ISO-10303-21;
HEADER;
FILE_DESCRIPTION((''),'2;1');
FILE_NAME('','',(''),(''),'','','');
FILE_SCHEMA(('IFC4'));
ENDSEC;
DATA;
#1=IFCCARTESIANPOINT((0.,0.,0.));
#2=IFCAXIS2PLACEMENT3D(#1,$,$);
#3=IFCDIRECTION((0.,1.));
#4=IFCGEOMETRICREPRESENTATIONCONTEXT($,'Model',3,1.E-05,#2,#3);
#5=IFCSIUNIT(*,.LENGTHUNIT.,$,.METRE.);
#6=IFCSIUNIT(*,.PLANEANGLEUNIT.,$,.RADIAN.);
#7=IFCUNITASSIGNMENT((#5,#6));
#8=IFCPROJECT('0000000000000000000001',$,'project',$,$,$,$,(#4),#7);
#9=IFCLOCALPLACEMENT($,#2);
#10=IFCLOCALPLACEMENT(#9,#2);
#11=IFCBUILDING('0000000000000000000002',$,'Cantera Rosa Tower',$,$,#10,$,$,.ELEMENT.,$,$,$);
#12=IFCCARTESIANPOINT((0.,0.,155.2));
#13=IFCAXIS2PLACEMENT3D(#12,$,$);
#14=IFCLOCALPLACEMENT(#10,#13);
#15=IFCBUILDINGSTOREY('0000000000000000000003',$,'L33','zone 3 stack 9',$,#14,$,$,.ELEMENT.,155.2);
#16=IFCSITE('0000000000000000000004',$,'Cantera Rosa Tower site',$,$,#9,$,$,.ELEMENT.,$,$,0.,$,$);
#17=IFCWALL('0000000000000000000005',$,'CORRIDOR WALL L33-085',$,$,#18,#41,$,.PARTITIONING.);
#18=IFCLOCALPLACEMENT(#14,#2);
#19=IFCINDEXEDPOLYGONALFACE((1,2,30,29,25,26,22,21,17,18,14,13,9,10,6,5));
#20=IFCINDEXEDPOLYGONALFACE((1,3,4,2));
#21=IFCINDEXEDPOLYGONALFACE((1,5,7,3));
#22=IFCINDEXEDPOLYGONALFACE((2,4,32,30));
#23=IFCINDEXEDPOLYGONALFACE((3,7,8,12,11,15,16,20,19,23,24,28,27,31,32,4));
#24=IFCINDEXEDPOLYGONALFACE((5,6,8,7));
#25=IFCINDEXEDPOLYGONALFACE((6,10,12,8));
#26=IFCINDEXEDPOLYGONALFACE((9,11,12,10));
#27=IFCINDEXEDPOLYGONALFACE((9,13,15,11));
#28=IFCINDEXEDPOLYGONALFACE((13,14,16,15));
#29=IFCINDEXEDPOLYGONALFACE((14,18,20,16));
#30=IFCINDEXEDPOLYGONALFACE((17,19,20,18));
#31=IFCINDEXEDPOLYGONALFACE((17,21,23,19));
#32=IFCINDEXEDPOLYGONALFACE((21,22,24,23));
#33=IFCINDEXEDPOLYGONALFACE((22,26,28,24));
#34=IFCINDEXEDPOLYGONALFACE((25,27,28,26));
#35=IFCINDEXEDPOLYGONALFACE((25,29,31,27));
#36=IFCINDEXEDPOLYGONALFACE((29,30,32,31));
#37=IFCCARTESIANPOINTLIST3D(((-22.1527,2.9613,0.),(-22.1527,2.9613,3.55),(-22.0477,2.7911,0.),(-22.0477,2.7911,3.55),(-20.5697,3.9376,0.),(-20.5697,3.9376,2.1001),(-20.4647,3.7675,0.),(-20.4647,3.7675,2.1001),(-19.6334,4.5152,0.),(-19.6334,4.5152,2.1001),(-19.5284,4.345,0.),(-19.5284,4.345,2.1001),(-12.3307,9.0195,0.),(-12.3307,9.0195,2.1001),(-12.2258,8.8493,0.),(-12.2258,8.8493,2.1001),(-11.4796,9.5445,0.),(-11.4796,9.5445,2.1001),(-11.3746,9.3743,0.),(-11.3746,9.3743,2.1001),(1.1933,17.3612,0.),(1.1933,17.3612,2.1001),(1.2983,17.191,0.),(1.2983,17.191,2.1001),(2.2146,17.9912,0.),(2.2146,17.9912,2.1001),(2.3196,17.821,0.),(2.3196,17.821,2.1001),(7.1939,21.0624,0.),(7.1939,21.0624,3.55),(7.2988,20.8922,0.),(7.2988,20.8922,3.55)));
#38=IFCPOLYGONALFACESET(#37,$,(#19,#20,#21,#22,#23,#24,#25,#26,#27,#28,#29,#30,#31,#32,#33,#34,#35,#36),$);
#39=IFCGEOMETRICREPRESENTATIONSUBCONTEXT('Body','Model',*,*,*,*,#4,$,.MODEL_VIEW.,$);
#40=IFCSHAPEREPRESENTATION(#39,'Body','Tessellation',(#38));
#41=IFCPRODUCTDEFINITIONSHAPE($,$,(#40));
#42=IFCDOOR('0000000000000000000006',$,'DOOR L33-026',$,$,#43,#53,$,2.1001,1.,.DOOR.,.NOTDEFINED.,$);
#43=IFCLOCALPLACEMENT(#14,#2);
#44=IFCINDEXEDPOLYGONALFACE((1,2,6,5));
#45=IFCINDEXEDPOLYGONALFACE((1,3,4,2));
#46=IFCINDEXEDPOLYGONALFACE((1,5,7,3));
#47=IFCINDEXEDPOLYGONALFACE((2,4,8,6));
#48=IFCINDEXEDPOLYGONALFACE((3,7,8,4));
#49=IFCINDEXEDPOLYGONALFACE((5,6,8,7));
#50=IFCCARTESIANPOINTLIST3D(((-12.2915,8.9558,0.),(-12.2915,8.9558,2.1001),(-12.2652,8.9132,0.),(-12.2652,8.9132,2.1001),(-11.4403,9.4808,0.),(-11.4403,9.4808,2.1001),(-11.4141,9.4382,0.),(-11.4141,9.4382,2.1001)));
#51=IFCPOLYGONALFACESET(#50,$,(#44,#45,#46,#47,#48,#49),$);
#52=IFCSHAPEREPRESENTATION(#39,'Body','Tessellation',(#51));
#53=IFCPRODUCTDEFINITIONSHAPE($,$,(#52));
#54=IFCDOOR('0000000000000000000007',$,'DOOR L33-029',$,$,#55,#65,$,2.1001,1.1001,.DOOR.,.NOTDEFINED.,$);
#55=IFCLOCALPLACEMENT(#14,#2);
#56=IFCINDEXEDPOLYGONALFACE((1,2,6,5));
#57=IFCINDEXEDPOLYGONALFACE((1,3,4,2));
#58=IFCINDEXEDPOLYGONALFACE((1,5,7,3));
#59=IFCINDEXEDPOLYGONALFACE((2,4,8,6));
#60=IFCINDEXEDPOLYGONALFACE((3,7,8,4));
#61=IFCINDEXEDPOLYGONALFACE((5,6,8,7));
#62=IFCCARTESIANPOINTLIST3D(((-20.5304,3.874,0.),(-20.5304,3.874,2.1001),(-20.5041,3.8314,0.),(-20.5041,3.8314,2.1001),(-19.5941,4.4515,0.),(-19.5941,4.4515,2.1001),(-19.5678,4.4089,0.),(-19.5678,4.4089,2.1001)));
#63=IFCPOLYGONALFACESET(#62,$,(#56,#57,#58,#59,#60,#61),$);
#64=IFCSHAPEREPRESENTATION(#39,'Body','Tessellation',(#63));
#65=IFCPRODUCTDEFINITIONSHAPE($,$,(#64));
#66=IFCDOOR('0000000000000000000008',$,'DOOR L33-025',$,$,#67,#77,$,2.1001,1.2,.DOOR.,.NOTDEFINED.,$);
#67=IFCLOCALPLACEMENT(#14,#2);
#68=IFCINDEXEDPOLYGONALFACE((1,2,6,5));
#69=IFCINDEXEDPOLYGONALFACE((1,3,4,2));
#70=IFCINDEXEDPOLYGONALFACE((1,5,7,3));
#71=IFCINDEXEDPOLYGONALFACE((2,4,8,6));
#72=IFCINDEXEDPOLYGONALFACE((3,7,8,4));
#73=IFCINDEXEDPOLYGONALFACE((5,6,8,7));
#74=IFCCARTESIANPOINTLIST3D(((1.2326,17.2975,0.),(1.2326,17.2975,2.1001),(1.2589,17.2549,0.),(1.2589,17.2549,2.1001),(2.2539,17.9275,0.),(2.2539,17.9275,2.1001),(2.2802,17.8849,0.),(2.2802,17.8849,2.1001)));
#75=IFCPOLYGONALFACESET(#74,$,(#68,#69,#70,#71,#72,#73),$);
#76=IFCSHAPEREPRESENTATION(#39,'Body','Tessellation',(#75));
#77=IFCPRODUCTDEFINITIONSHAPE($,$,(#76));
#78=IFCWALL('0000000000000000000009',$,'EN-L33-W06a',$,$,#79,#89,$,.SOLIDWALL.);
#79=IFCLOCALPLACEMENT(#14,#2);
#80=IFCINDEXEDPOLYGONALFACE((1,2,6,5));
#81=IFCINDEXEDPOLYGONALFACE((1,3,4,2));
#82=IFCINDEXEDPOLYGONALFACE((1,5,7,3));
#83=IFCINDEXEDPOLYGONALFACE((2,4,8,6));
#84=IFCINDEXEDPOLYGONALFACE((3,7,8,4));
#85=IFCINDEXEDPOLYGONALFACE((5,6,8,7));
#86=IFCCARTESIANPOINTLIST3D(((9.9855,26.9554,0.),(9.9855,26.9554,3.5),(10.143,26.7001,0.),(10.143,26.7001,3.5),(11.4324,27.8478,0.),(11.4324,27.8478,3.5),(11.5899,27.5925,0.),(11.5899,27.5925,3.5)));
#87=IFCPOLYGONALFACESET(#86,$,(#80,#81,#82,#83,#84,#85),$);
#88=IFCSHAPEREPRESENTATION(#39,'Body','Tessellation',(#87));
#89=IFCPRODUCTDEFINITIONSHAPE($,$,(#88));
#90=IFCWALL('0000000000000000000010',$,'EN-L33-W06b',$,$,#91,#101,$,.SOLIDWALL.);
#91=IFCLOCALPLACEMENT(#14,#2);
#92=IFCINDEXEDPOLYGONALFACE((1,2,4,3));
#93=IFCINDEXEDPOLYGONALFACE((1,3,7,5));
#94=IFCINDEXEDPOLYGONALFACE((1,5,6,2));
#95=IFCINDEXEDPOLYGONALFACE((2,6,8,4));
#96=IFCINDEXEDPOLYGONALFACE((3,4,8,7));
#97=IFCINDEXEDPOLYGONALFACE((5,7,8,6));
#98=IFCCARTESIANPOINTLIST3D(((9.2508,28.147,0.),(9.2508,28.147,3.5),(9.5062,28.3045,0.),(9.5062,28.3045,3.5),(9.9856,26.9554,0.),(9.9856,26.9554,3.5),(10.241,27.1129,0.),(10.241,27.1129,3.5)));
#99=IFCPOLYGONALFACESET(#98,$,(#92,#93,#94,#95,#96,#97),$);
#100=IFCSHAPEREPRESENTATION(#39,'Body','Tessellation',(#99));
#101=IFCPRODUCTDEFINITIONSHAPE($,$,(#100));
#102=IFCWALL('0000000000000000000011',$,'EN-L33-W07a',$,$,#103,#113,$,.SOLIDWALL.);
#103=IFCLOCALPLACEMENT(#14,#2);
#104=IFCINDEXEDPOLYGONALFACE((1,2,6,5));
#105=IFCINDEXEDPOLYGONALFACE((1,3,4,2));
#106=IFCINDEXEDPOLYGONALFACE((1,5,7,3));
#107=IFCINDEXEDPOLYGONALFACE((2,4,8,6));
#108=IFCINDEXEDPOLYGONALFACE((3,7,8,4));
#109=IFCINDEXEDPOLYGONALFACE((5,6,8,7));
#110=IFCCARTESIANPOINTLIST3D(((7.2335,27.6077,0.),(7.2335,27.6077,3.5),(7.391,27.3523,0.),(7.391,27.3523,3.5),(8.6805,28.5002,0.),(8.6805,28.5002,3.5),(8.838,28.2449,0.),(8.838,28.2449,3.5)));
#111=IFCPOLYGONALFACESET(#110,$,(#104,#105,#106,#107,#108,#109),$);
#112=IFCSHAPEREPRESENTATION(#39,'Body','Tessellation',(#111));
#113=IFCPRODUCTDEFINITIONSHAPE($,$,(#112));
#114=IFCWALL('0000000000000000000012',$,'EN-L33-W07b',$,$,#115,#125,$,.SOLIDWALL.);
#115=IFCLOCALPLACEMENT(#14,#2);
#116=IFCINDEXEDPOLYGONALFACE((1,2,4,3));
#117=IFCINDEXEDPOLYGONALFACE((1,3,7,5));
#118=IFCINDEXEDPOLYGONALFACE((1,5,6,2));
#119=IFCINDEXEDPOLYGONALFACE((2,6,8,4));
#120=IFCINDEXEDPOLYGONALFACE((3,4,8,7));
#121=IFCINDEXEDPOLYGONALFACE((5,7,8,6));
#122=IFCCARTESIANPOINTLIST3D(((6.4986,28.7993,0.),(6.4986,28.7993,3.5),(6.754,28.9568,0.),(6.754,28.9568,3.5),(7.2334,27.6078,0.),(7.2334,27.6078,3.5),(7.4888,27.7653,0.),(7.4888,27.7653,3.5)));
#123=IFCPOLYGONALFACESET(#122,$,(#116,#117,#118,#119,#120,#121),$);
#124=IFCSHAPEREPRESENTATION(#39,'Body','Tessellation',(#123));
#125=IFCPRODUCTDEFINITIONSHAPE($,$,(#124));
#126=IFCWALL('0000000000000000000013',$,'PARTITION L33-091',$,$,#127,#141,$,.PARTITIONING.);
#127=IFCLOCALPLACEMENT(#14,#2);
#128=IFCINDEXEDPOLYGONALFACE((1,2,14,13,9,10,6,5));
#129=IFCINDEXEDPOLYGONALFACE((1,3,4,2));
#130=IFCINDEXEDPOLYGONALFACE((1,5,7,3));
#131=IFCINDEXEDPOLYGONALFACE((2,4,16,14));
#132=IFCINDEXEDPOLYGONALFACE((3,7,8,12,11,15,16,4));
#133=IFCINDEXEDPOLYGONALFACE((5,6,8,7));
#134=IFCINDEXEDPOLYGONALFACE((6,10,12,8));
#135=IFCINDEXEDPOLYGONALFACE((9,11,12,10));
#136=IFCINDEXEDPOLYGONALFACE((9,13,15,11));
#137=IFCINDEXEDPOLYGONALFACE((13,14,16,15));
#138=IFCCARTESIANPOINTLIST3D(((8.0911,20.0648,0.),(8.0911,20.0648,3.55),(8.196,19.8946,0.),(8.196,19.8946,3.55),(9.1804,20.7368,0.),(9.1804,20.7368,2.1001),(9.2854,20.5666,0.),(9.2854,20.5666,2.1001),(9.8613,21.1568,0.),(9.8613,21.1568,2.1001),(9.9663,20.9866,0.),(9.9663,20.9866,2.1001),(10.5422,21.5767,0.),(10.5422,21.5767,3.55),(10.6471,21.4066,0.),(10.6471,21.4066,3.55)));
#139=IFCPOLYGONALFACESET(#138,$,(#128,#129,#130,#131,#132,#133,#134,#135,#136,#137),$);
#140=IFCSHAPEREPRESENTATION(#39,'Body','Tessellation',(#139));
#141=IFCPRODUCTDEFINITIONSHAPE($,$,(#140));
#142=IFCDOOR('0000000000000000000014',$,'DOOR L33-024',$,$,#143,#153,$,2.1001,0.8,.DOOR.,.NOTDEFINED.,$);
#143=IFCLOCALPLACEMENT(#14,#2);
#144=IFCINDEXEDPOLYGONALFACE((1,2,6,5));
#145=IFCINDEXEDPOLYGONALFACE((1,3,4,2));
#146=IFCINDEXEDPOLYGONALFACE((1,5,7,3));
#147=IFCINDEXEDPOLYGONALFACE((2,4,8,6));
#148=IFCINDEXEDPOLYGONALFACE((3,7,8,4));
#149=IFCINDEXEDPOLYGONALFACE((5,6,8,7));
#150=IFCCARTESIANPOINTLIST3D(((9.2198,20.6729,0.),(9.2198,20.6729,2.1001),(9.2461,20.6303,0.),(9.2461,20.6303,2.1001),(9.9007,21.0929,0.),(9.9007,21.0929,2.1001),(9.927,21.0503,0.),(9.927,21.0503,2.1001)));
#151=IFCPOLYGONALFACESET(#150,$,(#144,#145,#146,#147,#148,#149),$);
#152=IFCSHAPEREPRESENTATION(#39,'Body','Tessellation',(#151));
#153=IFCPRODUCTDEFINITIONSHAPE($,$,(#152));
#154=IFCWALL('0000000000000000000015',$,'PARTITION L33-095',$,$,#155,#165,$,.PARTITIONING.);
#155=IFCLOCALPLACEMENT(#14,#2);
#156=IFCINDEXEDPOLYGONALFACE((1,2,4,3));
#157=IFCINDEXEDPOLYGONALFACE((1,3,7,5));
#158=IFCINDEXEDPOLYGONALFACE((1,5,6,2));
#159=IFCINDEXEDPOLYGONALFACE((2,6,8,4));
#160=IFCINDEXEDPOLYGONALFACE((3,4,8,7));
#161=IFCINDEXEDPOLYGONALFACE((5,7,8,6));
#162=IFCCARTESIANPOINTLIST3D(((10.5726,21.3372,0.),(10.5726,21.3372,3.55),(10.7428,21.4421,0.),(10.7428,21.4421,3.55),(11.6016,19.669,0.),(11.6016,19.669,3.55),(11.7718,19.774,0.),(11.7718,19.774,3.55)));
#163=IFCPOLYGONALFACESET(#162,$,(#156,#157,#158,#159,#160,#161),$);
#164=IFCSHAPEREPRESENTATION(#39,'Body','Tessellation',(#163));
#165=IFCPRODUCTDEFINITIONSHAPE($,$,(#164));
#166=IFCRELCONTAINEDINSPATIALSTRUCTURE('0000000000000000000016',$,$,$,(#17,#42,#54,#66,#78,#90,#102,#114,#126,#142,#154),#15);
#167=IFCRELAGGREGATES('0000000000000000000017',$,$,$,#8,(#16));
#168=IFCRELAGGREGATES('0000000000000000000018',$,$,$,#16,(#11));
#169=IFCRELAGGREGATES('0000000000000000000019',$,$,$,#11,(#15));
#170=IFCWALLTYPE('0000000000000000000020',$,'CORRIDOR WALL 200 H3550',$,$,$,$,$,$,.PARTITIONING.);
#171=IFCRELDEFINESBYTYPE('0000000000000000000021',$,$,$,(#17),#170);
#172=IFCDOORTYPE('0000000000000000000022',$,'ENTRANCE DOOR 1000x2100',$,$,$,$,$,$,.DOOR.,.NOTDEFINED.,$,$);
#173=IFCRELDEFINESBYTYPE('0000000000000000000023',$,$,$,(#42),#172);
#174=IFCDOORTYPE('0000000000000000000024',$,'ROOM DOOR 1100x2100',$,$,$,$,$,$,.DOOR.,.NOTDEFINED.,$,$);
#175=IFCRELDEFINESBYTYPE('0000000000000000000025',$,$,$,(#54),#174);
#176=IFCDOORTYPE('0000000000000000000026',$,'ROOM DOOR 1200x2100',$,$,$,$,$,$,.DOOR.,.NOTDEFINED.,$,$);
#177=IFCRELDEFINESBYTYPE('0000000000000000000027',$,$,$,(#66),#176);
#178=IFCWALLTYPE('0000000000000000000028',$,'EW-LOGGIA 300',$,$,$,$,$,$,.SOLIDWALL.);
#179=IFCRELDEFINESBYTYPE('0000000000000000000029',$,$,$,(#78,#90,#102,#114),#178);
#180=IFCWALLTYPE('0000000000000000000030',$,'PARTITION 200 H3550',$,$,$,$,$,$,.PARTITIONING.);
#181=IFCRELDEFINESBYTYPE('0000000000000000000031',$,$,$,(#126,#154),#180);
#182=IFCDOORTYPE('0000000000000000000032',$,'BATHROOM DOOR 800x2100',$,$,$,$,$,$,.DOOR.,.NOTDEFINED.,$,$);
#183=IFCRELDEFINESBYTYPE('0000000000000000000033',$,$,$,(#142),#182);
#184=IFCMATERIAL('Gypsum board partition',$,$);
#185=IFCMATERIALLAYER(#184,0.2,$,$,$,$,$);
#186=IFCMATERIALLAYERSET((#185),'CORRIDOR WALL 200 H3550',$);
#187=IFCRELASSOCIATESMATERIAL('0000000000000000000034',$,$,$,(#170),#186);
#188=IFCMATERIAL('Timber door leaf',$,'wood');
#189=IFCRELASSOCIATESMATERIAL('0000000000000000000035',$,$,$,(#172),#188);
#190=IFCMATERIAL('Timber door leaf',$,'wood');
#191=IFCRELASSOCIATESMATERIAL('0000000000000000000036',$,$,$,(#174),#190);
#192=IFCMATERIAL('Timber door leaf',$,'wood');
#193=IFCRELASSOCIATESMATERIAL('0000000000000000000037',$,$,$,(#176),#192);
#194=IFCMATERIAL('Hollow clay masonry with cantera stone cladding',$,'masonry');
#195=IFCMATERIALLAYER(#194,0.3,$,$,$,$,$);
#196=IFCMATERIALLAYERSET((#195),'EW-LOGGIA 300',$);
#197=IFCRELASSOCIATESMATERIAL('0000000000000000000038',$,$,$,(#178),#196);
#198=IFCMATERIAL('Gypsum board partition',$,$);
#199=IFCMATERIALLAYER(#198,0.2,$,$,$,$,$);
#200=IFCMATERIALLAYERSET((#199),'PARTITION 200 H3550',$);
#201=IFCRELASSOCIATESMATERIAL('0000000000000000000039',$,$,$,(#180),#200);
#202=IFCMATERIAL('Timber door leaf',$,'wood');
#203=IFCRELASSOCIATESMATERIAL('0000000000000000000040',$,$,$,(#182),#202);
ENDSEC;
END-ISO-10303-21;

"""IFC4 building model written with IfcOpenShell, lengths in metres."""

from ifc_helpers import new_model, si_unit, direction, frame, frame_2d, origin, place, context, subcontext, project, spatial, rectangle, extrude, material, layer, layer_set, type_object, element, fill, save


model = new_model("IFC4")

# Units and contexts
model_context = context("Model", 3, precision=1e-05, world=origin(), true_north=direction((0.0, 1.0)))
body_context = subcontext(model_context, "Body", "Model", "MODEL_VIEW")
ifc_project = project(units=[si_unit("LENGTHUNIT", "METRE"), si_unit("PLANEANGLEUNIT", "RADIAN")], contexts=[model_context])

# Site, building, storey
site_placement = place(None, origin())
site = spatial("IfcSite", under=ifc_project, at=site_placement, Name="Cantera Rosa Tower site", CompositionType="ELEMENT", RefElevation=0.0)
building_placement = place(site_placement, origin())
building = spatial("IfcBuilding", under=site, at=building_placement, Name="Cantera Rosa Tower", CompositionType="ELEMENT")
storey_placement = place(building_placement, frame((0.0, 0.0, 155.2)))
storey = spatial("IfcBuildingStorey", under=building, at=storey_placement, Name="L33", Description="zone 3 stack 9", CompositionType="ELEMENT", Elevation=155.2)

# Shared definitions
ifc_material_1 = material(Name="Gypsum board partition")
ifc_layer_1 = layer(ifc_material_1, 0.2)
ifc_layer_set_1 = layer_set([ifc_layer_1], Name="CORRIDOR WALL 200 H3550")
wall_type_1 = type_object("IfcWallType", Name="CORRIDOR WALL 200 H3550", PredefinedType="PARTITIONING", material=ifc_layer_set_1)

# Wall, openings, doors
wall_1_placement = place(storey_placement, frame((7.2463, 20.9773, 0.0), z_axis=(0.0, 0.0, 1.0), x_axis=(-0.851118, -0.524975, 0.0)))
wall_1 = element("IfcWall", 1, at=wall_1_placement, inside=storey, type_object=wall_type_1, Name="CORRIDOR WALL L33-085", PredefinedType="PARTITIONING", context=body_context, shape_type="SweptSolid", body=[
    extrude(rectangle(XDim=34.48, YDim=0.2, at=frame_2d((17.24, 0.0))), origin(), (0.0, 0.0, 1.0), 3.55),
])
opening_1_placement = place(wall_1_placement, frame((5.8501, 0.0, 0.0)))
opening_1 = element("IfcOpeningElement", 2, at=opening_1_placement, cuts=wall_1, PredefinedType="OPENING", context=body_context, shape_type="SweptSolid", body=[
    extrude(rectangle(XDim=1.2, YDim=2.1001, at=frame_2d((0.6001, 1.05))), frame((0.0, 0.1099, 0.0), z_axis=(0.0, -1.0, 0.0), x_axis=(1.0, 0.0, 0.0)), (0.0, 0.0, 1.0), 0.22),
])
opening_2_placement = place(wall_1_placement, frame((21.9399, 0.0, 0.0)))
opening_2 = element("IfcOpeningElement", 3, at=opening_2_placement, cuts=wall_1, PredefinedType="OPENING", context=body_context, shape_type="SweptSolid", body=[
    extrude(rectangle(XDim=1.0, YDim=2.1001, at=frame_2d((0.5, 1.05))), frame((0.0, 0.1099, 0.0), z_axis=(0.0, -1.0, 0.0), x_axis=(1.0, 0.0, 0.0)), (0.0, 0.0, 1.0), 0.22),
])
opening_3_placement = place(wall_1_placement, frame((31.52, 0.0, 0.0)))
opening_3 = element("IfcOpeningElement", 4, at=opening_3_placement, cuts=wall_1, PredefinedType="OPENING", context=body_context, shape_type="SweptSolid", body=[
    extrude(rectangle(XDim=1.1001, YDim=2.1001, at=frame_2d((0.55, 1.05))), frame((0.0, 0.1099, 0.0), z_axis=(0.0, -1.0, 0.0), x_axis=(1.0, 0.0, 0.0)), (0.0, 0.0, 1.0), 0.22),
])
ifc_material_2 = material(Name="Timber door leaf", Category="wood")
door_type_1 = type_object("IfcDoorType", Name="ENTRANCE DOOR 1000x2100", OperationType="NOTDEFINED", PredefinedType="DOOR", material=ifc_material_2)
door_1_placement = place(opening_2_placement, origin())
door_1 = element("IfcDoor", 5, at=door_1_placement, inside=storey, type_object=door_type_1, Name="DOOR L33-026", OperationType="NOTDEFINED", OverallHeight=2.1001, OverallWidth=1.0, PredefinedType="DOOR", context=body_context, shape_type="SweptSolid", body=[
    extrude(rectangle(XDim=1.0, YDim=2.1001, at=frame_2d((0.5, 1.05))), frame((0.0, 0.0249, 0.0), z_axis=(0.0, -1.0, 0.0), x_axis=(1.0, 0.0, 0.0)), (0.0, 0.0, 1.0), 0.05),
])
fill(opening_2, door_1)
ifc_material_3 = material(Name="Timber door leaf", Category="wood")
door_type_2 = type_object("IfcDoorType", Name="ROOM DOOR 1100x2100", OperationType="NOTDEFINED", PredefinedType="DOOR", material=ifc_material_3)
door_2_placement = place(opening_3_placement, origin())
door_2 = element("IfcDoor", 6, at=door_2_placement, inside=storey, type_object=door_type_2, Name="DOOR L33-029", OperationType="NOTDEFINED", OverallHeight=2.1001, OverallWidth=1.1001, PredefinedType="DOOR", context=body_context, shape_type="SweptSolid", body=[
    extrude(rectangle(XDim=1.1001, YDim=2.1001, at=frame_2d((0.55, 1.05))), frame((0.0, 0.0249, 0.0), z_axis=(0.0, -1.0, 0.0), x_axis=(1.0, 0.0, 0.0)), (0.0, 0.0, 1.0), 0.05),
])
fill(opening_3, door_2)
ifc_material_4 = material(Name="Timber door leaf", Category="wood")
door_type_3 = type_object("IfcDoorType", Name="ROOM DOOR 1200x2100", OperationType="NOTDEFINED", PredefinedType="DOOR", material=ifc_material_4)
door_3_placement = place(opening_1_placement, origin())
door_3 = element("IfcDoor", 7, at=door_3_placement, inside=storey, type_object=door_type_3, Name="DOOR L33-025", OperationType="NOTDEFINED", OverallHeight=2.1001, OverallWidth=1.2, PredefinedType="DOOR", context=body_context, shape_type="SweptSolid", body=[
    extrude(rectangle(XDim=1.2, YDim=2.1001, at=frame_2d((0.6001, 1.05))), frame((0.0, 0.0249, 0.0), z_axis=(0.0, -1.0, 0.0), x_axis=(1.0, 0.0, 0.0)), (0.0, 0.0, 1.0), 0.05),
])
fill(opening_1, door_3)

# Walls
ifc_material_5 = material(Name="Hollow clay masonry with cantera stone cladding", Category="masonry")
ifc_layer_2 = layer(ifc_material_5, 0.3)
ifc_layer_set_2 = layer_set([ifc_layer_2], Name="EW-LOGGIA 300")
wall_type_2 = type_object("IfcWallType", Name="EW-LOGGIA 300", PredefinedType="SOLIDWALL", material=ifc_layer_set_2)
wall_2_placement = place(storey_placement, frame((11.5112, 27.7202, 0.0), z_axis=(0.0, 0.0, 1.0), x_axis=(-0.85113, -0.524955, 0.0)))
element("IfcWall", 8, at=wall_2_placement, inside=storey, type_object=wall_type_2, Name="EN-L33-W06a", PredefinedType="SOLIDWALL", context=body_context, shape_type="SweptSolid", body=[
    extrude(rectangle(XDim=1.7, YDim=0.3, at=frame_2d((0.8501, 0.0))), origin(), (0.0, 0.0, 1.0), 3.5),
])
wall_3_placement = place(storey_placement, frame((10.1133, 27.0342, 0.0), z_axis=(0.0, 0.0, 1.0), x_axis=(-0.524895, 0.851167, 0.0)))
element("IfcWall", 9, at=wall_3_placement, inside=storey, type_object=wall_type_2, Name="EN-L33-W06b", PredefinedType="SOLIDWALL", context=body_context, shape_type="SweptSolid", body=[
    extrude(rectangle(XDim=1.3999, YDim=0.3, at=frame_2d((0.7, 0.0))), origin(), (0.0, 0.0, 1.0), 3.5),
])
wall_4_placement = place(storey_placement, frame((8.7593, 28.3726, 0.0), z_axis=(0.0, 0.0, 1.0), x_axis=(-0.851106, -0.524994, 0.0)))
element("IfcWall", 10, at=wall_4_placement, inside=storey, type_object=wall_type_2, Name="EN-L33-W07a", PredefinedType="SOLIDWALL", context=body_context, shape_type="SweptSolid", body=[
    extrude(rectangle(XDim=1.7002, YDim=0.3, at=frame_2d((0.8501, 0.0))), origin(), (0.0, 0.0, 1.0), 3.5),
])
wall_5_placement = place(storey_placement, frame((7.3611, 27.6865, 0.0), z_axis=(0.0, 0.0, 1.0), x_axis=(-0.524895, 0.851167, 0.0)))
element("IfcWall", 11, at=wall_5_placement, inside=storey, type_object=wall_type_2, Name="EN-L33-W07b", PredefinedType="SOLIDWALL", context=body_context, shape_type="SweptSolid", body=[
    extrude(rectangle(XDim=1.3999, YDim=0.3, at=frame_2d((0.7, 0.0))), origin(), (0.0, 0.0, 1.0), 3.5),
])

# Wall, opening, door
ifc_material_6 = material(Name="Gypsum board partition")
ifc_layer_3 = layer(ifc_material_6, 0.2)
ifc_layer_set_3 = layer_set([ifc_layer_3], Name="PARTITION 200 H3550")
wall_type_3 = type_object("IfcWallType", Name="PARTITION 200 H3550", PredefinedType="PARTITIONING", material=ifc_layer_set_3)
wall_6_placement = place(storey_placement, frame((8.1436, 19.9797, 0.0), z_axis=(0.0, 0.0, 1.0), x_axis=(0.851108, 0.524991, 0.0)))
wall_6 = element("IfcWall", 12, at=wall_6_placement, inside=storey, type_object=wall_type_3, Name="PARTITION L33-091", PredefinedType="PARTITIONING", context=body_context, shape_type="SweptSolid", body=[
    extrude(rectangle(XDim=2.8799, YDim=0.2, at=frame_2d((1.4399, 0.0))), origin(), (0.0, 0.0, 1.0), 3.55),
])
opening_4_placement = place(wall_6_placement, frame((1.28, 0.0, 0.0)))
opening_4 = element("IfcOpeningElement", 13, at=opening_4_placement, cuts=wall_6, PredefinedType="OPENING", context=body_context, shape_type="SweptSolid", body=[
    extrude(rectangle(XDim=0.8, YDim=2.1001, at=frame_2d((0.3999, 1.05))), frame((0.0, 0.1099, 0.0), z_axis=(0.0, -1.0, 0.0), x_axis=(1.0, 0.0, 0.0)), (0.0, 0.0, 1.0), 0.22),
])
ifc_material_7 = material(Name="Timber door leaf", Category="wood")
door_type_4 = type_object("IfcDoorType", Name="BATHROOM DOOR 800x2100", OperationType="NOTDEFINED", PredefinedType="DOOR", material=ifc_material_7)
door_4_placement = place(opening_4_placement, origin())
door_4 = element("IfcDoor", 14, at=door_4_placement, inside=storey, type_object=door_type_4, Name="DOOR L33-024", OperationType="NOTDEFINED", OverallHeight=2.1001, OverallWidth=0.8, PredefinedType="DOOR", context=body_context, shape_type="SweptSolid", body=[
    extrude(rectangle(XDim=0.8, YDim=2.1001, at=frame_2d((0.3999, 1.05))), frame((0.0, 0.0249, 0.0), z_axis=(0.0, -1.0, 0.0), x_axis=(1.0, 0.0, 0.0)), (0.0, 0.0, 1.0), 0.05),
])
fill(opening_4, door_4)

# Wall
wall_7_placement = place(storey_placement, frame((10.6577, 21.3896, 0.0), z_axis=(0.0, 0.0, 1.0), x_axis=(0.525008, -0.851098, 0.0)))
element("IfcWall", 15, at=wall_7_placement, inside=storey, type_object=wall_type_3, Name="PARTITION L33-095", PredefinedType="PARTITIONING", context=body_context, shape_type="SweptSolid", body=[
    extrude(rectangle(XDim=1.96, YDim=0.2, at=frame_2d((0.98, 0.0))), origin(), (0.0, 0.0, 1.0), 3.55),
])

save(model, "model.ifc")
